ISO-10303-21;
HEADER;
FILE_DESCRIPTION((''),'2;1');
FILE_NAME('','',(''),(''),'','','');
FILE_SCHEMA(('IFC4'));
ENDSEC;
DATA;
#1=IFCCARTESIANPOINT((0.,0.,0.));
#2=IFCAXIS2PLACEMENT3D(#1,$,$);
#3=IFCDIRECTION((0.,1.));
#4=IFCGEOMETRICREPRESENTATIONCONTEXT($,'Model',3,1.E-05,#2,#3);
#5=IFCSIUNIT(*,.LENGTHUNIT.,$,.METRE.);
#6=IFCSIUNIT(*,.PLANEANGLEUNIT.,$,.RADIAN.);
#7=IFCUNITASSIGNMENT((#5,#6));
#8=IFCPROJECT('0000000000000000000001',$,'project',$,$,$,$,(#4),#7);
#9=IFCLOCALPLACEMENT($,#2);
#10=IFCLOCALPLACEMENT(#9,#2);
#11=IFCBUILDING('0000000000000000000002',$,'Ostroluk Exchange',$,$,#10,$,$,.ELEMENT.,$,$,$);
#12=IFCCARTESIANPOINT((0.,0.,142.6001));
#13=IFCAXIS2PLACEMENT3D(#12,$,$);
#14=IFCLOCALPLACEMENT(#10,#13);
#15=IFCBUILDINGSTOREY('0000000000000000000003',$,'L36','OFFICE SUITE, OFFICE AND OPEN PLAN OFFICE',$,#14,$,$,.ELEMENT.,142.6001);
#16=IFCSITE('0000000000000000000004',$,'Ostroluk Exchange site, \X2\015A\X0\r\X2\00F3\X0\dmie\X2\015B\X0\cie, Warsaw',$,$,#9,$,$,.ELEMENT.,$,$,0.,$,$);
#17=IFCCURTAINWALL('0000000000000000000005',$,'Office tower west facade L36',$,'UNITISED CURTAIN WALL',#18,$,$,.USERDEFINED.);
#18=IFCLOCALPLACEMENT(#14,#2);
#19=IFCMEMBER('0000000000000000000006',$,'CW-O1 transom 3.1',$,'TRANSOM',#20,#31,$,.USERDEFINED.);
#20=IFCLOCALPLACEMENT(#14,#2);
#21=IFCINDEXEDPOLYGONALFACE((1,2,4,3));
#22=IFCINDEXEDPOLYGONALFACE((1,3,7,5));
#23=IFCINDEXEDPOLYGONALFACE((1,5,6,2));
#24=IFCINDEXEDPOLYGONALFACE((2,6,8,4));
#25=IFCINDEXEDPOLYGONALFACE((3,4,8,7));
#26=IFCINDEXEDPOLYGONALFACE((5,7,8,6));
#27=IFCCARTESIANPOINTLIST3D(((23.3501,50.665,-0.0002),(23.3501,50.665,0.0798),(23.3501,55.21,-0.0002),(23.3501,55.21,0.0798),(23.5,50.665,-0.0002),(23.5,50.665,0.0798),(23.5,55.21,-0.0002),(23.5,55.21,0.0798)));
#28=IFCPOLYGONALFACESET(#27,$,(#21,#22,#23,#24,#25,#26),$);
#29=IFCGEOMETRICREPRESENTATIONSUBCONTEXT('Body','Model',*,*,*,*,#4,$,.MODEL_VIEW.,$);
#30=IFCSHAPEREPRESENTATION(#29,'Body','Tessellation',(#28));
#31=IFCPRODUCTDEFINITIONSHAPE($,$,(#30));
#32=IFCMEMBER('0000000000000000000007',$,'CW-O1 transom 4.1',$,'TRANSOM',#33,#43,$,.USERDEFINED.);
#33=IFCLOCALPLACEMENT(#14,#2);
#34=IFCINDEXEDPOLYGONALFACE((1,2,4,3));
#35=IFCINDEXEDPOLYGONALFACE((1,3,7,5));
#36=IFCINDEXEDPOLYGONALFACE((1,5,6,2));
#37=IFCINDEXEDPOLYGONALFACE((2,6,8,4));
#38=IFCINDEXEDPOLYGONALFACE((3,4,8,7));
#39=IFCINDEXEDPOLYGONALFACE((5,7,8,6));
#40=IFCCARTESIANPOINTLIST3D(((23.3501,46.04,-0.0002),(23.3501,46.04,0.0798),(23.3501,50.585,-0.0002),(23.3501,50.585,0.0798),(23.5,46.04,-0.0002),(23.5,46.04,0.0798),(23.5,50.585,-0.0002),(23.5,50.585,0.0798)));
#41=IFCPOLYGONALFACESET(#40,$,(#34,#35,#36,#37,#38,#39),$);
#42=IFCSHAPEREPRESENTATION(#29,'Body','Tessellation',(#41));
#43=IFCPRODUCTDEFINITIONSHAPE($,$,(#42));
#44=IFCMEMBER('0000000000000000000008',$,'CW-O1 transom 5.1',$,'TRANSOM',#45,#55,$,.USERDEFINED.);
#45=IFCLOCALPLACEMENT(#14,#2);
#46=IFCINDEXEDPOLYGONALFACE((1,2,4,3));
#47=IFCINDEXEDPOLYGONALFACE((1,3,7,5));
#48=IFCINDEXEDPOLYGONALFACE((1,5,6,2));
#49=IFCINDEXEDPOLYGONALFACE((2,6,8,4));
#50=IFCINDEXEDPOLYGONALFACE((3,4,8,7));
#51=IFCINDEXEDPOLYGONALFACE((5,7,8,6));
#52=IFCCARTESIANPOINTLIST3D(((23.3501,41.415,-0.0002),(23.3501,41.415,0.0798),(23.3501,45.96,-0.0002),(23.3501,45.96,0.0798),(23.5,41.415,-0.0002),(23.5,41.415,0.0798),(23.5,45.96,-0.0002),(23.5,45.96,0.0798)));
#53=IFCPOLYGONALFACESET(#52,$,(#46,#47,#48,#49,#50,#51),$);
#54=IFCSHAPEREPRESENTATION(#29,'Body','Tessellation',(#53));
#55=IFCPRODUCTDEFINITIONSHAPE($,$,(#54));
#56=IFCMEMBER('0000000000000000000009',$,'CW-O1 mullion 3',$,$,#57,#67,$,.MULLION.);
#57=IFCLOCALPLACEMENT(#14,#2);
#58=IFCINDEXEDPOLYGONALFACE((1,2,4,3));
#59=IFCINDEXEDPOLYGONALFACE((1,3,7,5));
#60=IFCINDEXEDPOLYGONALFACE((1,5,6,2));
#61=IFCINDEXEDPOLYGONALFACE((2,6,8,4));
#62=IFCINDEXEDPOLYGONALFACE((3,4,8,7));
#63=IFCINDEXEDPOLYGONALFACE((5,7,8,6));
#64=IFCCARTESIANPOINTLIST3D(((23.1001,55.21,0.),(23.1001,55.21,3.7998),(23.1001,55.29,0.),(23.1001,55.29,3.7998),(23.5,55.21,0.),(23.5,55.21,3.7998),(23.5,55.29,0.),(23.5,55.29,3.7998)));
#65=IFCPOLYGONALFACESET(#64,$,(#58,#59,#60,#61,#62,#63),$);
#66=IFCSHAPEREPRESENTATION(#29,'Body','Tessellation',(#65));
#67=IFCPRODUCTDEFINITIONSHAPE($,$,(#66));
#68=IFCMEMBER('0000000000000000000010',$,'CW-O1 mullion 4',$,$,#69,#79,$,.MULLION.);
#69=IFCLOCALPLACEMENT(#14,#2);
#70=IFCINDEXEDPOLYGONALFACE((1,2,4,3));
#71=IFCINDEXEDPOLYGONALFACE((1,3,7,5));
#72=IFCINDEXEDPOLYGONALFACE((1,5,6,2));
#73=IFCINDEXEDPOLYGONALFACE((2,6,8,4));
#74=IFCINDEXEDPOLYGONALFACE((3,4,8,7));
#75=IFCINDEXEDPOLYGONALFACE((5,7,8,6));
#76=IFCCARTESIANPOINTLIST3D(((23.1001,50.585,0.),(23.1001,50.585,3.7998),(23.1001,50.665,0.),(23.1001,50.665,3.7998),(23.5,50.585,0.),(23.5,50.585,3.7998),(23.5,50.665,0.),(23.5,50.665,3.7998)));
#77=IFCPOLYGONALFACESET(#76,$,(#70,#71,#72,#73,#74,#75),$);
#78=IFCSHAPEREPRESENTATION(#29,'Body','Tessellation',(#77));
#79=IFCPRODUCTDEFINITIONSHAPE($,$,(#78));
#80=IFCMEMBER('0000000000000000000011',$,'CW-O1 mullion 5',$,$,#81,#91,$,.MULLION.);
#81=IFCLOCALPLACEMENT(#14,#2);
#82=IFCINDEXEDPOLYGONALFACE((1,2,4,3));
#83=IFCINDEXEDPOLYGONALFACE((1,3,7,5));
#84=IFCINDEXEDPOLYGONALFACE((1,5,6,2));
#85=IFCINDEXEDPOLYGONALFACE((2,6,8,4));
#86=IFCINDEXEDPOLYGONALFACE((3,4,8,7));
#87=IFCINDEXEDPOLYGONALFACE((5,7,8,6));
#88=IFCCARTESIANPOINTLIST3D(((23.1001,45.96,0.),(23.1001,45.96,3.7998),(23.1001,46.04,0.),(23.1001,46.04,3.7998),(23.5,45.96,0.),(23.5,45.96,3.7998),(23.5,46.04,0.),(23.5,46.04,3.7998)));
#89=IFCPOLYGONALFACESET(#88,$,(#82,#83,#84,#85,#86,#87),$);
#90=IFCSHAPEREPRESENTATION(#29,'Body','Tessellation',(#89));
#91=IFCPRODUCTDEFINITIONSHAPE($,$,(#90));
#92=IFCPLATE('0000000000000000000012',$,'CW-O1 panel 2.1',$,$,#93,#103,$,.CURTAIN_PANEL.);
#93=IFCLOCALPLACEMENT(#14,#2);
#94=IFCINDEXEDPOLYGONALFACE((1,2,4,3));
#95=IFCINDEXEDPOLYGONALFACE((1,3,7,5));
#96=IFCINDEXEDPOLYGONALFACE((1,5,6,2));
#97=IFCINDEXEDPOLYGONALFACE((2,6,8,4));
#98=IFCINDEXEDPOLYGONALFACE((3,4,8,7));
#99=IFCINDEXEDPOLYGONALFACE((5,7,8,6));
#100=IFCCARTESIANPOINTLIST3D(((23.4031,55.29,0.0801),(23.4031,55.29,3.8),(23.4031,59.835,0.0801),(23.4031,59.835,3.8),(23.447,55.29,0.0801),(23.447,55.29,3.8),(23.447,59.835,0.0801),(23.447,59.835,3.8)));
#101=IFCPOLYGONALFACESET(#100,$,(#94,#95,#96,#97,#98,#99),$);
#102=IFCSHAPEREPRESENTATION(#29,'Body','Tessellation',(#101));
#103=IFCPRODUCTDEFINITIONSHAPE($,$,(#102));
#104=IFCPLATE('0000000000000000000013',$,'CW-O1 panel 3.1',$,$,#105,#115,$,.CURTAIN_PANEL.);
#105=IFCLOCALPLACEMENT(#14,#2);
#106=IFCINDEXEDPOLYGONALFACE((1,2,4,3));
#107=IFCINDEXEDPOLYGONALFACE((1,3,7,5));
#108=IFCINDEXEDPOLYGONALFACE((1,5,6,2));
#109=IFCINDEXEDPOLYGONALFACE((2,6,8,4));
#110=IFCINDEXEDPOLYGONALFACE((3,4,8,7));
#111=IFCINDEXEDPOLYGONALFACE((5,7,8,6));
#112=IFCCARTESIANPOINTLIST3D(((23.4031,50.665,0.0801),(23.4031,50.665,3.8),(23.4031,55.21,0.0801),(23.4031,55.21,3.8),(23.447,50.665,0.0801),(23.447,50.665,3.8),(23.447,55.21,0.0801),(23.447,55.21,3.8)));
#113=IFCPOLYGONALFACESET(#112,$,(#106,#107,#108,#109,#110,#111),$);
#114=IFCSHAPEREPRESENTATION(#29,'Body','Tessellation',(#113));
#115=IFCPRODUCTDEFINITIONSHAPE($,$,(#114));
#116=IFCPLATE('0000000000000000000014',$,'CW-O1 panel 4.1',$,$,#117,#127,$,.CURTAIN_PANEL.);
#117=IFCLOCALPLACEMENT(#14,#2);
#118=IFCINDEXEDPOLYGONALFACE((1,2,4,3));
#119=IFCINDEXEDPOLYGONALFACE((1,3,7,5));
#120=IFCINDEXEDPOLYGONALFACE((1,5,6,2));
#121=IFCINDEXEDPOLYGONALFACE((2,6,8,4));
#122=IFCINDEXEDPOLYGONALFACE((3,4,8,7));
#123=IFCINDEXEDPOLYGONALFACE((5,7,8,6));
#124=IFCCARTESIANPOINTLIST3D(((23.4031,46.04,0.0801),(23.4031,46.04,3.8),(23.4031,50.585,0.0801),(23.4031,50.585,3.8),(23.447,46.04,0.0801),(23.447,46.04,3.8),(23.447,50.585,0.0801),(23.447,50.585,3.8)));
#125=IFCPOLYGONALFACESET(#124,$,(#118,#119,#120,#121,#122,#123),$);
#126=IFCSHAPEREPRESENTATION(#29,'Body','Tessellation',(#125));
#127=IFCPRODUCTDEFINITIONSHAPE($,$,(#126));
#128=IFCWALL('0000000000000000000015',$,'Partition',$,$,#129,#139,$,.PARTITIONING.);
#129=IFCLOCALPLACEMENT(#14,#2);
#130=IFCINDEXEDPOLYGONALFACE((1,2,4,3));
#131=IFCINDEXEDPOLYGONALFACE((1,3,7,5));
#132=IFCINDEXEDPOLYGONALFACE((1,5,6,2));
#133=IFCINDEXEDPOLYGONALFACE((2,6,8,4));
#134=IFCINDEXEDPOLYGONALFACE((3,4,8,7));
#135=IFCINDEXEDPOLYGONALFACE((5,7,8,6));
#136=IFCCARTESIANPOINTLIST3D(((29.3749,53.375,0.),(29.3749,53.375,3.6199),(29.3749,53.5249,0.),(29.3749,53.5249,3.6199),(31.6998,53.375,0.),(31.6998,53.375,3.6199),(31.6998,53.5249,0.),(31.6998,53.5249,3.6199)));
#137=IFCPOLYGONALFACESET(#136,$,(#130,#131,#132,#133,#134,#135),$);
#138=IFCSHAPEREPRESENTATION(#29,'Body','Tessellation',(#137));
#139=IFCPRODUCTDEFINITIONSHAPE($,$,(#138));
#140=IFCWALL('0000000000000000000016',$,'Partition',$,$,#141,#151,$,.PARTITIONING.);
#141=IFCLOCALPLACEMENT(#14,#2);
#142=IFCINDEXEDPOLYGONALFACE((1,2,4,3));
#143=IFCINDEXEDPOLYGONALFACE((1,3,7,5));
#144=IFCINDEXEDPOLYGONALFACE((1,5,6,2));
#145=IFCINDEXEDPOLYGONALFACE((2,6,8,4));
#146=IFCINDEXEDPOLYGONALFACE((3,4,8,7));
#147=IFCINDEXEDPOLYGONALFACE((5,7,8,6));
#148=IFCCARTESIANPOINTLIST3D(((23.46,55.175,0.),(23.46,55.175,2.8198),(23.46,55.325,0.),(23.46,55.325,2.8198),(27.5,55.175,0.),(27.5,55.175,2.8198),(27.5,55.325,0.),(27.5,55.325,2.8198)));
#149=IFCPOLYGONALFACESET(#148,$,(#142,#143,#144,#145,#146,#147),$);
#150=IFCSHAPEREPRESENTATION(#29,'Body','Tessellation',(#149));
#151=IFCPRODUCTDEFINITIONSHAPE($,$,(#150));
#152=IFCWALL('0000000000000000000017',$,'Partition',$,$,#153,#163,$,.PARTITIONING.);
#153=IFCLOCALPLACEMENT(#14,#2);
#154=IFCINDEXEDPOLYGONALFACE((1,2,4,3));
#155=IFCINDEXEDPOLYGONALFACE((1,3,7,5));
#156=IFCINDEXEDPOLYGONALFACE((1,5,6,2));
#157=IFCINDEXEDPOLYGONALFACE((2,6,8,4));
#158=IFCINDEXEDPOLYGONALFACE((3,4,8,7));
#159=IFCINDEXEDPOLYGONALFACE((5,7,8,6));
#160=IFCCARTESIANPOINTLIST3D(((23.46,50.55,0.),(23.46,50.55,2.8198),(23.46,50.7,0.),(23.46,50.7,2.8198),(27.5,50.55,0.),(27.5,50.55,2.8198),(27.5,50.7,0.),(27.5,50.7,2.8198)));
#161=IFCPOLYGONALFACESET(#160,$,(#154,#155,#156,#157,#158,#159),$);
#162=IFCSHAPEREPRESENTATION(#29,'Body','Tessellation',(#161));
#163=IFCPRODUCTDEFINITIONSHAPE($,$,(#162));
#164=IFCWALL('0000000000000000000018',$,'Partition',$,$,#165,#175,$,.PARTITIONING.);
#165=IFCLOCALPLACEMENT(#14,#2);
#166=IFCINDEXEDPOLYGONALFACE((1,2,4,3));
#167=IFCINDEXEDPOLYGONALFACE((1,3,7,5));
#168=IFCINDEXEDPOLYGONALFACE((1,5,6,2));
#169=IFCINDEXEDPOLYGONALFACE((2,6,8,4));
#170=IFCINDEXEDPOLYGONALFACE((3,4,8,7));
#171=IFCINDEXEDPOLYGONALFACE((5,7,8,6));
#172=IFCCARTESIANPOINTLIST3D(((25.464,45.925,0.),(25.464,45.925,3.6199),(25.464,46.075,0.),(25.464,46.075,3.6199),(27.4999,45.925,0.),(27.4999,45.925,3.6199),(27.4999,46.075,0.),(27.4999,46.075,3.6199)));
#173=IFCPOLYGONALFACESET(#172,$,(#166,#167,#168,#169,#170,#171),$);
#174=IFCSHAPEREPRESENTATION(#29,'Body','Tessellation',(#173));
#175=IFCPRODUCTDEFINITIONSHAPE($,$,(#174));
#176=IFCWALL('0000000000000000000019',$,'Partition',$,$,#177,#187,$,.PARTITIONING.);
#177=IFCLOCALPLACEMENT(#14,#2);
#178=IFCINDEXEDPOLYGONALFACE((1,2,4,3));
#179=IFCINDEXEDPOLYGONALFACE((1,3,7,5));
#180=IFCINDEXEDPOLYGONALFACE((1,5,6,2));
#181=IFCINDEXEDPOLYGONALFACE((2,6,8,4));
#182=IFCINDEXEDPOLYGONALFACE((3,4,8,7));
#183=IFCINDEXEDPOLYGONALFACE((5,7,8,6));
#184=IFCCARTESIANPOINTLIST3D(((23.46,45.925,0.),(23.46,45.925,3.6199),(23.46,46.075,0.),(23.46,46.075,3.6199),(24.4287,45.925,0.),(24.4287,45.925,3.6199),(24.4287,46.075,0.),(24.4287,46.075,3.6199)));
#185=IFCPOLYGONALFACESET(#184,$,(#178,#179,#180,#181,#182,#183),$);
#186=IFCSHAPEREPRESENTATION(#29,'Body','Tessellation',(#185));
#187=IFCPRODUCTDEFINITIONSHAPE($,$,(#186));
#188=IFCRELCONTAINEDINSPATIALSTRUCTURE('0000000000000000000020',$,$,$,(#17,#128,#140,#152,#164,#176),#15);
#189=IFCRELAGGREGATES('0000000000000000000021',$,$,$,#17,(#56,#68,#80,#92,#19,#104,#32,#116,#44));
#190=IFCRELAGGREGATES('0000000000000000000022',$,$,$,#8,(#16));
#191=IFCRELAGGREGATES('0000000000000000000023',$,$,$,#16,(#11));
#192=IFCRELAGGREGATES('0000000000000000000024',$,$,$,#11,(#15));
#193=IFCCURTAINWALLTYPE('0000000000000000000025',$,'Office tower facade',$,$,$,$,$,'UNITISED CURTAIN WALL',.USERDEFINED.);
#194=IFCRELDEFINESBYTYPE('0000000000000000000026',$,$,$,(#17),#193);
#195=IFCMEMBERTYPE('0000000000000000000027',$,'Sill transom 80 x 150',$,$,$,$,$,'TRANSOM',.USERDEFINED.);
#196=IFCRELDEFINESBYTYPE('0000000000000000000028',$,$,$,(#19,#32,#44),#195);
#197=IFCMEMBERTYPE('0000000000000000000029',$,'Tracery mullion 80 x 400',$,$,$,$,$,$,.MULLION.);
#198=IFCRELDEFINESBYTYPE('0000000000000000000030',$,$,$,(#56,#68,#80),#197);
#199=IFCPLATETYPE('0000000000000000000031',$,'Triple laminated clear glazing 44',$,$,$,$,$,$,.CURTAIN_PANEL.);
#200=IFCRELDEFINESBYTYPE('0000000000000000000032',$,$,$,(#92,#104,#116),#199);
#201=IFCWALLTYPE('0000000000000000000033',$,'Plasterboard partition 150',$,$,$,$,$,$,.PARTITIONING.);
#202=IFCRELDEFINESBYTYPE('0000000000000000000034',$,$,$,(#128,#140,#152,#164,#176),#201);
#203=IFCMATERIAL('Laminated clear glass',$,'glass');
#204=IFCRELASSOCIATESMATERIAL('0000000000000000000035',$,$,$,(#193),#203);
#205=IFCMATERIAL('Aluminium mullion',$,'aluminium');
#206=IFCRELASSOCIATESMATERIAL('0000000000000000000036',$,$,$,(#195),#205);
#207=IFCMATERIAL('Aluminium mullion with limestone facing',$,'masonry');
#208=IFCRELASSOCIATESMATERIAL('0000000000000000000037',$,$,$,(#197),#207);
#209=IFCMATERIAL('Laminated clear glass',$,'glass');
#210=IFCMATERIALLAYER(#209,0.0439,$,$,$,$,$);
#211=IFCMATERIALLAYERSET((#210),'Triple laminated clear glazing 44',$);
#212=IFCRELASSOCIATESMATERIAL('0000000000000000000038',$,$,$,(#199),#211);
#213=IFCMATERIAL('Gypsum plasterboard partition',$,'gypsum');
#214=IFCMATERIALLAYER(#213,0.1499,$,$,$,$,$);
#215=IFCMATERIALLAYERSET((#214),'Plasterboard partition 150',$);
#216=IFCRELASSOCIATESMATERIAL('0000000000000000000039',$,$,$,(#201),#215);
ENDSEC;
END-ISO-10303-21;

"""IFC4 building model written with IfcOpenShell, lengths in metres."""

from ifc_helpers import new_model, si_unit, direction, frame, frame_2d, origin, origin_2d, place, context, subcontext, project, spatial, rectangle, extrude, material, layer, layer_set, material_profile, profile_set, type_object, element, aggregate, save


model = new_model("IFC4")

# Units and contexts
model_context = context("Model", 3, precision=1e-05, world=origin(), true_north=direction((0.0, 1.0)))
body_context = subcontext(model_context, "Body", "Model", "MODEL_VIEW")
ifc_project = project(units=[si_unit("LENGTHUNIT", "METRE"), si_unit("PLANEANGLEUNIT", "RADIAN")], contexts=[model_context])

# Site, building, storey
site_placement = place(None, origin())
site = spatial("IfcSite", under=ifc_project, at=site_placement, Name="Ostroluk Exchange site, Śródmieście, Warsaw", CompositionType="ELEMENT", RefElevation=0.0)
building_placement = place(site_placement, origin())
building = spatial("IfcBuilding", under=site, at=building_placement, Name="Ostroluk Exchange", CompositionType="ELEMENT")
storey_placement = place(building_placement, frame((0.0, 0.0, 142.6001)))
storey = spatial("IfcBuildingStorey", under=building, at=storey_placement, Name="L36", Description="OFFICE SUITE, OFFICE AND OPEN PLAN OFFICE", CompositionType="ELEMENT", Elevation=142.6001)

# Curtain wall, members, plates
ifc_material_1 = material(Name="Laminated clear glass", Category="glass")
curtain_wall_type = type_object("IfcCurtainWallType", Name="Office tower facade", ElementType="UNITISED CURTAIN WALL", PredefinedType="USERDEFINED", material=ifc_material_1)
curtain_wall_placement = place(storey_placement, origin())
curtain_wall = element("IfcCurtainWall", 1, at=curtain_wall_placement, inside=storey, type_object=curtain_wall_type, Name="Office tower west facade L36", ObjectType="UNITISED CURTAIN WALL", PredefinedType="USERDEFINED")
ifc_material_2 = material(Name="Aluminium mullion", Category="aluminium")
ifc_material_profile_1 = material_profile(ifc_material_2, rectangle(XDim=0.1499, YDim=0.0801, at=origin_2d()), Name="Sill transom 80 x 150")
ifc_profile_set_1 = profile_set([ifc_material_profile_1], Name="Aluminium mullion")
member_type_1 = type_object("IfcMemberType", Name="Sill transom 80 x 150", ElementType="TRANSOM", PredefinedType="USERDEFINED", material=ifc_profile_set_1)
member_1_placement = place(storey_placement, frame((23.425, 55.21, 0.0398), z_axis=(0.0, -1.0, 0.0), x_axis=(1.0, 0.0, 0.0)))
member_1 = element("IfcMember", 2, at=member_1_placement, type_object=member_type_1, Name="CW-O1 transom 3.1", ObjectType="TRANSOM", PredefinedType="USERDEFINED", context=body_context, shape_type="SweptSolid", body=[
    extrude(rectangle(XDim=0.1499, YDim=0.0801, at=origin_2d()), origin(), (0.0, 0.0, 1.0), 4.5449),
])
member_2_placement = place(storey_placement, frame((23.425, 50.585, 0.0398), z_axis=(0.0, -1.0, 0.0), x_axis=(1.0, 0.0, 0.0)))
member_2 = element("IfcMember", 3, at=member_2_placement, type_object=member_type_1, Name="CW-O1 transom 4.1", ObjectType="TRANSOM", PredefinedType="USERDEFINED", context=body_context, shape_type="SweptSolid", body=[
    extrude(rectangle(XDim=0.1499, YDim=0.0801, at=origin_2d()), origin(), (0.0, 0.0, 1.0), 4.5449),
])
member_3_placement = place(storey_placement, frame((23.425, 45.96, 0.0398), z_axis=(0.0, -1.0, 0.0), x_axis=(1.0, 0.0, 0.0)))
member_3 = element("IfcMember", 4, at=member_3_placement, type_object=member_type_1, Name="CW-O1 transom 5.1", ObjectType="TRANSOM", PredefinedType="USERDEFINED", context=body_context, shape_type="SweptSolid", body=[
    extrude(rectangle(XDim=0.1499, YDim=0.0801, at=origin_2d()), origin(), (0.0, 0.0, 1.0), 4.5449),
])
ifc_material_3 = material(Name="Aluminium mullion with limestone facing", Category="masonry")
ifc_material_profile_2 = material_profile(ifc_material_3, rectangle(XDim=0.3999, YDim=0.0801, at=origin_2d()), Name="Tracery mullion 80 x 400")
ifc_profile_set_2 = profile_set([ifc_material_profile_2], Name="Aluminium mullion with limestone facing")
member_type_2 = type_object("IfcMemberType", Name="Tracery mullion 80 x 400", PredefinedType="MULLION", material=ifc_profile_set_2)
member_4_placement = place(storey_placement, frame((23.3, 55.25, 0.0), z_axis=(0.0, 0.0, 1.0), x_axis=(1.0, 0.0, 0.0)))
member_4 = element("IfcMember", 5, at=member_4_placement, type_object=member_type_2, Name="CW-O1 mullion 3", PredefinedType="MULLION", context=body_context, shape_type="SweptSolid", body=[
    extrude(rectangle(XDim=0.3999, YDim=0.0801, at=origin_2d()), origin(), (0.0, 0.0, 1.0), 3.7998),
])
member_5_placement = place(storey_placement, frame((23.3, 50.625, 0.0), z_axis=(0.0, 0.0, 1.0), x_axis=(1.0, 0.0, 0.0)))
member_5 = element("IfcMember", 6, at=member_5_placement, type_object=member_type_2, Name="CW-O1 mullion 4", PredefinedType="MULLION", context=body_context, shape_type="SweptSolid", body=[
    extrude(rectangle(XDim=0.3999, YDim=0.0801, at=origin_2d()), origin(), (0.0, 0.0, 1.0), 3.7998),
])
member_6_placement = place(storey_placement, frame((23.3, 46.0, 0.0), z_axis=(0.0, 0.0, 1.0), x_axis=(1.0, 0.0, 0.0)))
member_6 = element("IfcMember", 7, at=member_6_placement, type_object=member_type_2, Name="CW-O1 mullion 5", PredefinedType="MULLION", context=body_context, shape_type="SweptSolid", body=[
    extrude(rectangle(XDim=0.3999, YDim=0.0801, at=origin_2d()), origin(), (0.0, 0.0, 1.0), 3.7998),
])
ifc_material_4 = material(Name="Laminated clear glass", Category="glass")
ifc_layer_1 = layer(ifc_material_4, 0.0439)
ifc_layer_set_1 = layer_set([ifc_layer_1], Name="Triple laminated clear glazing 44")
plate_type = type_object("IfcPlateType", Name="Triple laminated clear glazing 44", PredefinedType="CURTAIN_PANEL", material=ifc_layer_set_1)
plate_1_placement = place(storey_placement, frame((23.425, 57.5625, 0.0801), z_axis=(0.0, 0.0, 1.0), x_axis=(0.0, -1.0, 0.0)))
plate_1 = element("IfcPlate", 8, at=plate_1_placement, type_object=plate_type, Name="CW-O1 panel 2.1", PredefinedType="CURTAIN_PANEL", context=body_context, shape_type="SweptSolid", body=[
    extrude(rectangle(XDim=4.5449, YDim=0.0439, at=origin_2d()), origin(), (0.0, 0.0, 1.0), 3.72),
])
plate_2_placement = place(storey_placement, frame((23.425, 52.9375, 0.0801), z_axis=(0.0, 0.0, 1.0), x_axis=(0.0, -1.0, 0.0)))
plate_2 = element("IfcPlate", 9, at=plate_2_placement, type_object=plate_type, Name="CW-O1 panel 3.1", PredefinedType="CURTAIN_PANEL", context=body_context, shape_type="SweptSolid", body=[
    extrude(rectangle(XDim=4.5449, YDim=0.0439, at=origin_2d()), origin(), (0.0, 0.0, 1.0), 3.72),
])
plate_3_placement = place(storey_placement, frame((23.425, 48.3125, 0.0801), z_axis=(0.0, 0.0, 1.0), x_axis=(0.0, -1.0, 0.0)))
plate_3 = element("IfcPlate", 10, at=plate_3_placement, type_object=plate_type, Name="CW-O1 panel 4.1", PredefinedType="CURTAIN_PANEL", context=body_context, shape_type="SweptSolid", body=[
    extrude(rectangle(XDim=4.5449, YDim=0.0439, at=origin_2d()), origin(), (0.0, 0.0, 1.0), 3.72),
])
aggregate(curtain_wall, [member_4, member_5, member_6, plate_1, member_1, plate_2, member_2, plate_3, member_3])

# Walls
ifc_material_5 = material(Name="Gypsum plasterboard partition", Category="gypsum")
ifc_layer_2 = layer(ifc_material_5, 0.1499)
ifc_layer_set_2 = layer_set([ifc_layer_2], Name="Plasterboard partition 150")
wall_type = type_object("IfcWallType", Name="Plasterboard partition 150", PredefinedType="PARTITIONING", material=ifc_layer_set_2)
wall_1_placement = place(storey_placement, frame((31.7, 53.45, 0.0), z_axis=(0.0, 0.0, 1.0), x_axis=(-1.0, 0.0, 0.0)))
element("IfcWall", 11, at=wall_1_placement, inside=storey, type_object=wall_type, Name="Partition", PredefinedType="PARTITIONING", context=body_context, shape_type="SweptSolid", body=[
    extrude(rectangle(XDim=2.325, YDim=0.1499, at=frame_2d((1.1626, 0.0))), origin(), (0.0, 0.0, 1.0), 3.6199),
])
for number, where, z_axis, x_axis, name in (
    (12, (27.5, 55.25, 0.0), (0.0, 0.0, 1.0), (-1.0, 0.0, 0.0), "Partition"),
    (13, (27.5, 50.625, 0.0), (0.0, 0.0, 1.0), (-1.0, 0.0, 0.0), "Partition"),
):
    element("IfcWall", number, at=place(storey_placement, frame(where, z_axis=z_axis, x_axis=x_axis)), inside=storey, type_object=wall_type, Name=name, PredefinedType="PARTITIONING", context=body_context, shape_type="SweptSolid", body=[
        extrude(rectangle(XDim=4.04, YDim=0.1499, at=frame_2d((2.02, 0.0))), origin(), (0.0, 0.0, 1.0), 2.8198),
    ])
wall_2_placement = place(storey_placement, frame((27.5, 46.0, 0.0), z_axis=(0.0, 0.0, 1.0), x_axis=(-1.0, 0.0, 0.0)))
element("IfcWall", 14, at=wall_2_placement, inside=storey, type_object=wall_type, Name="Partition", PredefinedType="PARTITIONING", context=body_context, shape_type="SweptSolid", body=[
    extrude(rectangle(XDim=2.0359, YDim=0.1499, at=frame_2d((1.0181, 0.0))), origin(), (0.0, 0.0, 1.0), 3.6199),
])
wall_3_placement = place(storey_placement, frame((24.4287, 46.0, 0.0), z_axis=(0.0, 0.0, 1.0), x_axis=(-1.0, 0.0, 0.0)))
element("IfcWall", 15, at=wall_3_placement, inside=storey, type_object=wall_type, Name="Partition", PredefinedType="PARTITIONING", context=body_context, shape_type="SweptSolid", body=[
    extrude(rectangle(XDim=0.9688, YDim=0.1499, at=frame_2d((0.4844, 0.0))), origin(), (0.0, 0.0, 1.0), 3.6199),
])

save(model, "model.ifc")
